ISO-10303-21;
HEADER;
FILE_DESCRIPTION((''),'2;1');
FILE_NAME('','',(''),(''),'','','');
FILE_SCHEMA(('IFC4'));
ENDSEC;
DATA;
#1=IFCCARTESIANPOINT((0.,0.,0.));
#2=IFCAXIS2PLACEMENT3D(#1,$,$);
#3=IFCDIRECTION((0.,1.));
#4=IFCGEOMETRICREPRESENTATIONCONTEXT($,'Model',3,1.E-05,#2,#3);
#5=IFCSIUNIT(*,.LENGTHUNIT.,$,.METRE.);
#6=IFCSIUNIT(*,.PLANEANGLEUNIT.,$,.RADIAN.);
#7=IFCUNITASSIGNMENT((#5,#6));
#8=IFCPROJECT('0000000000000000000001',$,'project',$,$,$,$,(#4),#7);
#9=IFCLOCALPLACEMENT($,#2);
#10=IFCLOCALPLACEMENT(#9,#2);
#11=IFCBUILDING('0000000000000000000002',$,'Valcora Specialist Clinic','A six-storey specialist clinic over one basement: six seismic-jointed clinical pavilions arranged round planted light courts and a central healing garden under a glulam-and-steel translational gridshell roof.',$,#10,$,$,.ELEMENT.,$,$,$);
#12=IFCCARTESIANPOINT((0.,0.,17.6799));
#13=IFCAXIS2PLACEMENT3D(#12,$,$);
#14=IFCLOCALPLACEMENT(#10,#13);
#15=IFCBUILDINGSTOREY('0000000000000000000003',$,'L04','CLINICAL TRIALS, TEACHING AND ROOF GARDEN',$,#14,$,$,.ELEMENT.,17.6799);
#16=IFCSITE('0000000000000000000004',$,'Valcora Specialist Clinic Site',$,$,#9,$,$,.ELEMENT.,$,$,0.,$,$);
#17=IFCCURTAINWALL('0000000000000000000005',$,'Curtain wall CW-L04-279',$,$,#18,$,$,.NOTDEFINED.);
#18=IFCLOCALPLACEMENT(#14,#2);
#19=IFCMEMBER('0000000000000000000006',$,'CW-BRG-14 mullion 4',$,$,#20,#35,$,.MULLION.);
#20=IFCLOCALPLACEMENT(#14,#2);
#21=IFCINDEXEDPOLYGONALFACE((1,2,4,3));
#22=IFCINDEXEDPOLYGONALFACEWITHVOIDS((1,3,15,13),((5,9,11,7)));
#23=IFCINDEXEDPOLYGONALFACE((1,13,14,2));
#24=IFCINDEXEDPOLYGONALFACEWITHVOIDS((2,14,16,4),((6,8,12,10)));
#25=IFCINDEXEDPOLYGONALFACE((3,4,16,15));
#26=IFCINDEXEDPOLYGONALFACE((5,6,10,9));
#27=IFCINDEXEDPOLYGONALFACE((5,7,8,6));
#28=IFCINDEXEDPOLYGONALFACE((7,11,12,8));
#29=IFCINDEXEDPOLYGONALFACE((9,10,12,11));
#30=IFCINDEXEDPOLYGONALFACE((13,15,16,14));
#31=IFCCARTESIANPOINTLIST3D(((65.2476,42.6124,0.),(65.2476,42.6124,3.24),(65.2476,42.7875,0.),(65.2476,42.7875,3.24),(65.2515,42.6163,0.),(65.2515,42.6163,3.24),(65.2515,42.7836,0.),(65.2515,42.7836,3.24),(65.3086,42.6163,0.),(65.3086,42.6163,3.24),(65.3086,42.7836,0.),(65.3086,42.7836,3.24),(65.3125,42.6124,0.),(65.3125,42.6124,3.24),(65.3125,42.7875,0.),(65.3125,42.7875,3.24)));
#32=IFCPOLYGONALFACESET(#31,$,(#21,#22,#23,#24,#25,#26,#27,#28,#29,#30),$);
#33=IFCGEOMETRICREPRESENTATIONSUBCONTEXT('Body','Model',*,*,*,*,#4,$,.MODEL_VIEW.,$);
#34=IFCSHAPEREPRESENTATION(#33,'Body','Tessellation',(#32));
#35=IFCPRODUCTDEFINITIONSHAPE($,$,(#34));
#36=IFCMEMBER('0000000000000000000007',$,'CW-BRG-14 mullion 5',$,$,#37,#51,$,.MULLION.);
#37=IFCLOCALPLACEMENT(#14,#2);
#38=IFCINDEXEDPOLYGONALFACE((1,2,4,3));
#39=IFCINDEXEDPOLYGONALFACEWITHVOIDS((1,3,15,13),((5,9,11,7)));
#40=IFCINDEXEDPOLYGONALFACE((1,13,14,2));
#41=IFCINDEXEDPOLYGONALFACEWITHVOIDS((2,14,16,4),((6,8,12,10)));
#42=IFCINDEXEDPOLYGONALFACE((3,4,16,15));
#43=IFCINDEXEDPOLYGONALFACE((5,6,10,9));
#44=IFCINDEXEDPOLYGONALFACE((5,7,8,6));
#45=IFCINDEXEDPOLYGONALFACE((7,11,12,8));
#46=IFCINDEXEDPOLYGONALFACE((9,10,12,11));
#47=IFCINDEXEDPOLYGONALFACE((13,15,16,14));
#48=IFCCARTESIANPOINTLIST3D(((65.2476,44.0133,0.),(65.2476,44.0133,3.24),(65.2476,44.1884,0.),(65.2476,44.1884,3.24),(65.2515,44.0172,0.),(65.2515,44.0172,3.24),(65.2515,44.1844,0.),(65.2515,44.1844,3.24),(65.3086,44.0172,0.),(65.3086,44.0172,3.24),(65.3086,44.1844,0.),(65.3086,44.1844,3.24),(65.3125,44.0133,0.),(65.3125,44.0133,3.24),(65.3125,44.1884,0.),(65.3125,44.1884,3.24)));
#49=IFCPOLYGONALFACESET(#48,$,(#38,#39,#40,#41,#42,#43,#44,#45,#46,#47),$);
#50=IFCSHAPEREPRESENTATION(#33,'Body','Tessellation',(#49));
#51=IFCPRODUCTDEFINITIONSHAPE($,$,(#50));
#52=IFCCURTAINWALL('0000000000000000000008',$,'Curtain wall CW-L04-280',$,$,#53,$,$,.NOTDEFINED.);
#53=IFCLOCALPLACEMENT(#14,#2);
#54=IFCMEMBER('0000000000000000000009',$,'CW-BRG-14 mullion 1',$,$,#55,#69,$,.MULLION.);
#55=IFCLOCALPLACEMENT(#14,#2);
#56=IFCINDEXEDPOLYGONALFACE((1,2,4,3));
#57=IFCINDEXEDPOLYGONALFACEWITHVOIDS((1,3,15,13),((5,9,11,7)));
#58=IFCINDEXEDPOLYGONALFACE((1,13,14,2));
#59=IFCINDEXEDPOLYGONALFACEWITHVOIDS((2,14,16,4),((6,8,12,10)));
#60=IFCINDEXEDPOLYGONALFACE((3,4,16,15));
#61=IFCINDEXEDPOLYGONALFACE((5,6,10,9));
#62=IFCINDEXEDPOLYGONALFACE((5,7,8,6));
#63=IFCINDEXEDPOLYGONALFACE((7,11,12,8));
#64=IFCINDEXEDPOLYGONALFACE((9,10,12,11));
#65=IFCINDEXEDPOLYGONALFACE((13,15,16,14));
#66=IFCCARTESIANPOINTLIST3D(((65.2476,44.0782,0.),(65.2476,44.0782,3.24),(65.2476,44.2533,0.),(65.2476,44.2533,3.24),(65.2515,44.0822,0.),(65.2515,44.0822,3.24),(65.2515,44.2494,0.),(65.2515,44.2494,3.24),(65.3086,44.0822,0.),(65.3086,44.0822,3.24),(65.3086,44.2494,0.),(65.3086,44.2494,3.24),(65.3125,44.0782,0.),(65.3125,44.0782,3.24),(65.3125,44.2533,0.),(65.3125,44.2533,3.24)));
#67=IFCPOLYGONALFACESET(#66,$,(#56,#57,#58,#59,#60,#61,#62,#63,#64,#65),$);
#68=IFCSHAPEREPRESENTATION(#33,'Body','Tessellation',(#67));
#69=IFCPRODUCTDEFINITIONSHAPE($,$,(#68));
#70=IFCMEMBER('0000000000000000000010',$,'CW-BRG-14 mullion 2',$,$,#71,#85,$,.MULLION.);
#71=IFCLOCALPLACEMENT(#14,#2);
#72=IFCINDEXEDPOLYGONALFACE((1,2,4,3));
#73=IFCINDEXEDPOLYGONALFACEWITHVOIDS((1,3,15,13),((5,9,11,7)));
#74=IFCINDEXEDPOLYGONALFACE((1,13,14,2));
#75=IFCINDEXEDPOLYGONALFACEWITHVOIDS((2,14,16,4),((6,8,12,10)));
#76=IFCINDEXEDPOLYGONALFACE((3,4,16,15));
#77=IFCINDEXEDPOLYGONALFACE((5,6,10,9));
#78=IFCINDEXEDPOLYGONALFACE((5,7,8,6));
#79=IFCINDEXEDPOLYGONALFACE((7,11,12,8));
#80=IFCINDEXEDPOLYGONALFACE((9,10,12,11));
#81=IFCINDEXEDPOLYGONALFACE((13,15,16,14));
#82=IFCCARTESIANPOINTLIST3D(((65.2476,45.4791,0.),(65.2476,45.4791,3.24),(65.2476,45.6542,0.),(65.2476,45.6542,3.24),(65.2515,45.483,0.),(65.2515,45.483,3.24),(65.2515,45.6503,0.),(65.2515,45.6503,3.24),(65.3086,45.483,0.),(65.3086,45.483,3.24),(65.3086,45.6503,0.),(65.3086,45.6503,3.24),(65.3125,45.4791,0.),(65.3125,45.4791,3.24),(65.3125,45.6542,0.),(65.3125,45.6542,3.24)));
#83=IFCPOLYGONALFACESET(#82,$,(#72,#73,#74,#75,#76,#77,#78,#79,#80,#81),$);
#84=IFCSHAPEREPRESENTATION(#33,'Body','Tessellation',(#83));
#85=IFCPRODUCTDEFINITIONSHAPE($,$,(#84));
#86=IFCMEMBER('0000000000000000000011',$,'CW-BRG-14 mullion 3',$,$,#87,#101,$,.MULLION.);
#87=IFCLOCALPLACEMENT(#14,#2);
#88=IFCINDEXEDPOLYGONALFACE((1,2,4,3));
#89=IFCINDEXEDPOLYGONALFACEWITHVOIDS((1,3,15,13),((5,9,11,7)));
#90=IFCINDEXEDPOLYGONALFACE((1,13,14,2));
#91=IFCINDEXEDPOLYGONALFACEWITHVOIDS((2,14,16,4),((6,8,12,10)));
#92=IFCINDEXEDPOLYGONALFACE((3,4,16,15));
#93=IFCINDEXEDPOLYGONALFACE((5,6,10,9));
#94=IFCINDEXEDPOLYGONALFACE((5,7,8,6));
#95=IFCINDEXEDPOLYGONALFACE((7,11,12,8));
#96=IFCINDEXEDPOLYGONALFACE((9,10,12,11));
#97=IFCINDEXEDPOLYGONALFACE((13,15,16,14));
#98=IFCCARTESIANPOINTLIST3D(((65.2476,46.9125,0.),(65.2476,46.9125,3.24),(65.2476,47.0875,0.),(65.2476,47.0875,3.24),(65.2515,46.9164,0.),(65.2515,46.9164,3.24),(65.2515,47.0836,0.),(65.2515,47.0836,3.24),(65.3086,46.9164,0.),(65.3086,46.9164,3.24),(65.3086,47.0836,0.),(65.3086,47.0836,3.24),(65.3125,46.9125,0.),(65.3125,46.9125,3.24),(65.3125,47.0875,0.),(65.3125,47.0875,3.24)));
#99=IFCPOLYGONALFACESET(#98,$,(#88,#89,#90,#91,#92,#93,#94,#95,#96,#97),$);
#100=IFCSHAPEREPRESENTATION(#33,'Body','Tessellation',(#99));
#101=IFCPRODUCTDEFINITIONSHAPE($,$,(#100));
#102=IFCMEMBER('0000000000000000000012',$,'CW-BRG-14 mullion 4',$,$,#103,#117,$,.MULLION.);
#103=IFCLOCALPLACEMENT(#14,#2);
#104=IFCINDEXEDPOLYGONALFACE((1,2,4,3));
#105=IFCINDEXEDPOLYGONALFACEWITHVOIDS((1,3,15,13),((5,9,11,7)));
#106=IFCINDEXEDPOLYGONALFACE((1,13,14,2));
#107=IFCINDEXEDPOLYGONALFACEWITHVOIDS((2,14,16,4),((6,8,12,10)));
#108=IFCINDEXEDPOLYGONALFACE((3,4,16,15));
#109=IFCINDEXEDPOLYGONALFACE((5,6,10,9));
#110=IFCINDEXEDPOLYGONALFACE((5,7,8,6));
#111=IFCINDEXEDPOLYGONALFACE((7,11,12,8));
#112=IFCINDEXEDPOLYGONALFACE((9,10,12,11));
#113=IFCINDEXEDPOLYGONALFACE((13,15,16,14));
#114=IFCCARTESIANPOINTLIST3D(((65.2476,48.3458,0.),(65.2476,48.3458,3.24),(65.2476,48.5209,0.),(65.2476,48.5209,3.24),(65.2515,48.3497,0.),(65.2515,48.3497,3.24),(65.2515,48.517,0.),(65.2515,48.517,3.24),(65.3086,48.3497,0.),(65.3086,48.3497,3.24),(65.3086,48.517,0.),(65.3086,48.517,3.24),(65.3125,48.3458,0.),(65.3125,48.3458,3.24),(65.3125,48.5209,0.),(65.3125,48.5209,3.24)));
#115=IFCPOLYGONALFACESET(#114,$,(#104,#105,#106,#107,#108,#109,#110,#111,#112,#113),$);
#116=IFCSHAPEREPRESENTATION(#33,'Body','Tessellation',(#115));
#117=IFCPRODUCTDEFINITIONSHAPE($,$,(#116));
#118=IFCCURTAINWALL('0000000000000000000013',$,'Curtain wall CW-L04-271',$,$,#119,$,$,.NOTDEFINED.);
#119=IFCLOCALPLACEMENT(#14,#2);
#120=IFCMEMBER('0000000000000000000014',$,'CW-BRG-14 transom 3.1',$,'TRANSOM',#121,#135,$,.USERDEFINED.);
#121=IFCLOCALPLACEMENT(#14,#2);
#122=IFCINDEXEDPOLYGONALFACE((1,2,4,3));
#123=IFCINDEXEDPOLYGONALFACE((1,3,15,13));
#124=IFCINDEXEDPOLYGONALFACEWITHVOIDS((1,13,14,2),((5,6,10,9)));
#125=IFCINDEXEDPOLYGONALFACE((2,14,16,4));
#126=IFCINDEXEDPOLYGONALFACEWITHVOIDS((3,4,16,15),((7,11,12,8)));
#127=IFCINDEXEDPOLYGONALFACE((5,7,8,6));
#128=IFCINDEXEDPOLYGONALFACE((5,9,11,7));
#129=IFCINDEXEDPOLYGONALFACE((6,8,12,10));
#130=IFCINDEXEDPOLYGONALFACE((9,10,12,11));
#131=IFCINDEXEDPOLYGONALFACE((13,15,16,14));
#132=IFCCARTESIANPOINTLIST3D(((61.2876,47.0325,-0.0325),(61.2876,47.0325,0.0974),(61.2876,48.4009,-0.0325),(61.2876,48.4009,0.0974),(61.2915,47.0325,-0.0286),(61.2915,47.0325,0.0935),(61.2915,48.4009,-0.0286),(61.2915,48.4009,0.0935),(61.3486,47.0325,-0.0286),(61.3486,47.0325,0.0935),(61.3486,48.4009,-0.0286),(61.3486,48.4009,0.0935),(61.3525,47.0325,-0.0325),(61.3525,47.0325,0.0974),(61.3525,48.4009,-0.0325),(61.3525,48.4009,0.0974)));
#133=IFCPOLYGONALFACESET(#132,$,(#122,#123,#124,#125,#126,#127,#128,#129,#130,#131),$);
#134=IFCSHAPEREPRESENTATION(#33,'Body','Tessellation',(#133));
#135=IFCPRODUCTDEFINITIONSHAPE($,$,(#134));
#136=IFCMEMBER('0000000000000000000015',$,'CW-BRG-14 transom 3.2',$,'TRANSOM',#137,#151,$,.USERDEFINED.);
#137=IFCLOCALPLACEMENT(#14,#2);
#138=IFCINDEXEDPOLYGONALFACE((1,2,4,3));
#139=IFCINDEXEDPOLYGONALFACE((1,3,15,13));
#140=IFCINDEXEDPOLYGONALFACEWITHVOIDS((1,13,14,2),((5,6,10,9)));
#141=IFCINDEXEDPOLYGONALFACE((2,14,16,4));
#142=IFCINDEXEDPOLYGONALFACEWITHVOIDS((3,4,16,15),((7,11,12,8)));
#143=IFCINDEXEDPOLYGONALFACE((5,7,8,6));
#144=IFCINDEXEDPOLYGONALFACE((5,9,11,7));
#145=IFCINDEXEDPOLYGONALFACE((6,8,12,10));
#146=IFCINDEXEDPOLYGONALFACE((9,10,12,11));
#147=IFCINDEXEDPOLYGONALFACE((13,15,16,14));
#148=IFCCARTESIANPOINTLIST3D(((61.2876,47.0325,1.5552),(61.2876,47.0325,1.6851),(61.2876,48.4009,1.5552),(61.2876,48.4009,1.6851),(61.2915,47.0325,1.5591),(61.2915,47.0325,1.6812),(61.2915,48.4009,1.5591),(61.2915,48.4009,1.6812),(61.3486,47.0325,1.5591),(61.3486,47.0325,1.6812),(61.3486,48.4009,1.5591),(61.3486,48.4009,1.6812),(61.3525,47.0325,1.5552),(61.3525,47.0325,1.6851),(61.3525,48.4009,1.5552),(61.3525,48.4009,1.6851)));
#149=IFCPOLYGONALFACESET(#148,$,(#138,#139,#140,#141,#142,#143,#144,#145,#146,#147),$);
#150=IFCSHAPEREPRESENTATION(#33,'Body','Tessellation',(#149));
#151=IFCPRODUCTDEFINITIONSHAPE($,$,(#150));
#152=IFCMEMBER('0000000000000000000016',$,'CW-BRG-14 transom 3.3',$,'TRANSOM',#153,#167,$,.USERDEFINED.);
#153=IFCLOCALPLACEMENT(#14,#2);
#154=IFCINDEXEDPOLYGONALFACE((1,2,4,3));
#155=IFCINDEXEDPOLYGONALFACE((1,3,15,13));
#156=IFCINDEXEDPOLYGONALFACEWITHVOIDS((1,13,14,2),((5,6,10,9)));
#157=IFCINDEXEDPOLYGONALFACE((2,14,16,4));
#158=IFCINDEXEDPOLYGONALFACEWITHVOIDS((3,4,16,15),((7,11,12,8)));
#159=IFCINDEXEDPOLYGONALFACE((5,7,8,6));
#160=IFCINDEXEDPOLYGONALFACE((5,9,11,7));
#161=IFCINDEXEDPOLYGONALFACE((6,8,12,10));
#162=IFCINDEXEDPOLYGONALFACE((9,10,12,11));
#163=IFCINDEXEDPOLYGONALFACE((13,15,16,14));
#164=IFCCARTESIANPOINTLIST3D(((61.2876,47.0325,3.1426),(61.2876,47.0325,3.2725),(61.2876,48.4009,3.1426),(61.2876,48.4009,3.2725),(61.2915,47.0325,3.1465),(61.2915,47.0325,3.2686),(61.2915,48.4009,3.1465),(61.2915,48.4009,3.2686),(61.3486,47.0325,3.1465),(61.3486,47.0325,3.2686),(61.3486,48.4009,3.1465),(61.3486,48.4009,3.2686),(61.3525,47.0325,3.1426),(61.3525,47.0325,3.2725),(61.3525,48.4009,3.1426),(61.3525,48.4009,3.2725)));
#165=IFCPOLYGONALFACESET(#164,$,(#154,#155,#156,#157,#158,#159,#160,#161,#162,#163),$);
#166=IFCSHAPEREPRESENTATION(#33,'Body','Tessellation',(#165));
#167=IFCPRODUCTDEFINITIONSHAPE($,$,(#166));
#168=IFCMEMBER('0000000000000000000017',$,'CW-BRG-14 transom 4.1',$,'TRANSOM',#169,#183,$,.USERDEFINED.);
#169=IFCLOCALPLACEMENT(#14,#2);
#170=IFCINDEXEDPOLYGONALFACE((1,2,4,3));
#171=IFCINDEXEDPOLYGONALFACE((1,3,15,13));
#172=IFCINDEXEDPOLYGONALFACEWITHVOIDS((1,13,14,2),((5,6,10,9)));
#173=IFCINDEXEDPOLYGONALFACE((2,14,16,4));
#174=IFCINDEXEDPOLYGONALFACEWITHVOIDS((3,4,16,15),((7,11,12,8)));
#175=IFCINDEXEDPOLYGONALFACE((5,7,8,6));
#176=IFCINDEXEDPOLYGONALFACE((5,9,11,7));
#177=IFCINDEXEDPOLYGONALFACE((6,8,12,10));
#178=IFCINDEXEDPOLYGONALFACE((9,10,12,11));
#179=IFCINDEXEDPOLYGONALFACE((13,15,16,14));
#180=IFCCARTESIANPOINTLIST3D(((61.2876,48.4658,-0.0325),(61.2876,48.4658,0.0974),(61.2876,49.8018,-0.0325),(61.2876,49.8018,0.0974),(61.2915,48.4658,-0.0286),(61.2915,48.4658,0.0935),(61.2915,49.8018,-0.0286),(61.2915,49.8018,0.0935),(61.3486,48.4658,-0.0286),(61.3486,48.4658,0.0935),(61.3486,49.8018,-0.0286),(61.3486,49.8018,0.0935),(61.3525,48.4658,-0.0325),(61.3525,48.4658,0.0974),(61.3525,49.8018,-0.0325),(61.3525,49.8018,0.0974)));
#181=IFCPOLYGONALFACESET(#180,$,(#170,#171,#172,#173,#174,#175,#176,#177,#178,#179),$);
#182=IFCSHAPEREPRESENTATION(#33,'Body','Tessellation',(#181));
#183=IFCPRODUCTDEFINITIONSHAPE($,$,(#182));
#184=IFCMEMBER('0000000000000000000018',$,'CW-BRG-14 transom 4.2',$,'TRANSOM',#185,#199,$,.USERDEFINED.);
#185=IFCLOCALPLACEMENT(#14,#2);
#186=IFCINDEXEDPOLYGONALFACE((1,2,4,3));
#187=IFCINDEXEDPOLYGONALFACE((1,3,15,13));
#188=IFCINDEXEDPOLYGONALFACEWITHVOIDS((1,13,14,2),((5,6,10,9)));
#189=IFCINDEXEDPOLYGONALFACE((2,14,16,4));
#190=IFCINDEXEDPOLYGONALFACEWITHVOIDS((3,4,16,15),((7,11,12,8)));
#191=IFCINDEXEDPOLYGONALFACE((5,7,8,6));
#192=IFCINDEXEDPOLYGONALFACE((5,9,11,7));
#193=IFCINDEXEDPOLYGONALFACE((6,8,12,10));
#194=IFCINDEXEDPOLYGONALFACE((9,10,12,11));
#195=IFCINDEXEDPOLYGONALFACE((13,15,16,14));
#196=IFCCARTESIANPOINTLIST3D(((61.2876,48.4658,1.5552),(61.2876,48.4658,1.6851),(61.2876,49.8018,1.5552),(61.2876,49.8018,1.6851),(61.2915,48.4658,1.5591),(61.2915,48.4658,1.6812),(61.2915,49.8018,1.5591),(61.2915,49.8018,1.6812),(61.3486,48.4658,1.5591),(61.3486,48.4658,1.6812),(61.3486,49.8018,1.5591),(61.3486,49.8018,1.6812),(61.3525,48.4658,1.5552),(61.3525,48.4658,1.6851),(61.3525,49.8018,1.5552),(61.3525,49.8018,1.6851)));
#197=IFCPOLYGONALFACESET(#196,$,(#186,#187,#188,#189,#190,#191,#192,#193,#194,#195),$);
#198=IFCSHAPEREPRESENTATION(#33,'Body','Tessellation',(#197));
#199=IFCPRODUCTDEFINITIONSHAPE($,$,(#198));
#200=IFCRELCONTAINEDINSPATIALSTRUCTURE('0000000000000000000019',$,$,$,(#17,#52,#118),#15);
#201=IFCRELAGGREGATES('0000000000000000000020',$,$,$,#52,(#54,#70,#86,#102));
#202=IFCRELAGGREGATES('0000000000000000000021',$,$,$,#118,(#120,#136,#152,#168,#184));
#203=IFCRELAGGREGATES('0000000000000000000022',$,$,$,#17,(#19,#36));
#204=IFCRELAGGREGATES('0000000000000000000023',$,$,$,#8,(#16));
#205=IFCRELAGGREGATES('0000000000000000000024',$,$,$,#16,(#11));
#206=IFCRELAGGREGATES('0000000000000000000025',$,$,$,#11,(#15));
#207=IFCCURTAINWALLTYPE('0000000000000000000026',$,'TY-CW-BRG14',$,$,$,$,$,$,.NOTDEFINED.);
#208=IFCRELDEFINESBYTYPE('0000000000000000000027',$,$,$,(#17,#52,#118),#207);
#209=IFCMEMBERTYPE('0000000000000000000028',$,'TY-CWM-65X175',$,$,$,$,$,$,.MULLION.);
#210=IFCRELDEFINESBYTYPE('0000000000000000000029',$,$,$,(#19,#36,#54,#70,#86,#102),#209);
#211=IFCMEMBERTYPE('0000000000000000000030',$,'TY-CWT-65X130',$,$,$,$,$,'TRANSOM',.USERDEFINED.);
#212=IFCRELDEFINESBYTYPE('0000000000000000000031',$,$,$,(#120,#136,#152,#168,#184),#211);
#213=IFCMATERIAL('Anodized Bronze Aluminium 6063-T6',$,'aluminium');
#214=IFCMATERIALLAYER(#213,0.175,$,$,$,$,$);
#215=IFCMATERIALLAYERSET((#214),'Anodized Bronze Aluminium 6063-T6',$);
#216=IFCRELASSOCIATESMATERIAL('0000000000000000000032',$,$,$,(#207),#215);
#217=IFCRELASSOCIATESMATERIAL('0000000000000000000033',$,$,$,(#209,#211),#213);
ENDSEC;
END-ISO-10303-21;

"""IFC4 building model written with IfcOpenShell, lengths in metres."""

from ifc_helpers import new_model, si_unit, direction, frame, origin, origin_2d, place, context, subcontext, project, spatial, hollow_rectangle, extrude, material, layer, layer_set, material_profile, profile_set, type_object, element, aggregate, save


model = new_model("IFC4")

# Units and contexts
model_context = context("Model", 3, precision=1e-05, world=origin(), true_north=direction((0.0, 1.0)))
body_context = subcontext(model_context, "Body", "Model", "MODEL_VIEW")
ifc_project = project(units=[si_unit("LENGTHUNIT", "METRE"), si_unit("PLANEANGLEUNIT", "RADIAN")], contexts=[model_context])

# Site, building, storey
site_placement = place(None, origin())
site = spatial("IfcSite", under=ifc_project, at=site_placement, Name="Valcora Specialist Clinic Site", CompositionType="ELEMENT", RefElevation=0.0)
building_placement = place(site_placement, origin())
building = spatial("IfcBuilding", under=site, at=building_placement, Name="Valcora Specialist Clinic", Description="A six-storey specialist clinic over one basement: six seismic-jointed clinical pavilions arranged round planted light courts and a central healing garden under a glulam-and-steel translational gridshell roof.", CompositionType="ELEMENT")
storey_placement = place(building_placement, frame((0.0, 0.0, 17.6799)))
storey = spatial("IfcBuildingStorey", under=building, at=storey_placement, Name="L04", Description="CLINICAL TRIALS, TEACHING AND ROOF GARDEN", CompositionType="ELEMENT", Elevation=17.6799)

# Curtain walls, members
ifc_material_1 = material(Name="Anodized Bronze Aluminium 6063-T6", Category="aluminium")
ifc_layer_1 = layer(ifc_material_1, 0.175)
ifc_layer_set_1 = layer_set([ifc_layer_1], Name="Anodized Bronze Aluminium 6063-T6")
curtain_wall_type = type_object("IfcCurtainWallType", Name="TY-CW-BRG14", PredefinedType="NOTDEFINED", material=ifc_layer_set_1)
curtain_wall_1_placement = place(storey_placement, origin())
curtain_wall_1 = element("IfcCurtainWall", 1, at=curtain_wall_1_placement, inside=storey, type_object=curtain_wall_type, Name="Curtain wall CW-L04-279", PredefinedType="NOTDEFINED")
ifc_material_profile_1 = material_profile(ifc_material_1, hollow_rectangle(XDim=0.0649, YDim=0.175, WallThickness=0.0039, at=origin_2d()), Name="AL-MUL-65X175")
ifc_profile_set_1 = profile_set([ifc_material_profile_1], Name="Anodized Bronze Aluminium 6063-T6")
member_type_1 = type_object("IfcMemberType", Name="TY-CWM-65X175", PredefinedType="MULLION", material=ifc_profile_set_1)
member_1_placement = place(storey_placement, frame((65.28, 42.7, 0.0), z_axis=(0.0, 0.0, 1.0), x_axis=(-1.0, 0.0, 0.0)))
member_1 = element("IfcMember", 2, at=member_1_placement, type_object=member_type_1, Name="CW-BRG-14 mullion 4", PredefinedType="MULLION", context=body_context, shape_type="SweptSolid", body=[
    extrude(hollow_rectangle(XDim=0.0649, YDim=0.175, WallThickness=0.0039, at=origin_2d()), origin(), (0.0, 0.0, 1.0), 3.24),
])
member_2_placement = place(storey_placement, frame((65.28, 44.1008, 0.0), z_axis=(0.0, 0.0, 1.0), x_axis=(-1.0, 0.0, 0.0)))
member_2 = element("IfcMember", 3, at=member_2_placement, type_object=member_type_1, Name="CW-BRG-14 mullion 5", PredefinedType="MULLION", context=body_context, shape_type="SweptSolid", body=[
    extrude(hollow_rectangle(XDim=0.0649, YDim=0.175, WallThickness=0.0039, at=origin_2d()), origin(), (0.0, 0.0, 1.0), 3.24),
])
curtain_wall_2_placement = place(storey_placement, origin())
curtain_wall_2 = element("IfcCurtainWall", 4, at=curtain_wall_2_placement, inside=storey, type_object=curtain_wall_type, Name="Curtain wall CW-L04-280", PredefinedType="NOTDEFINED")
member_3_placement = place(storey_placement, frame((65.28, 44.1658, 0.0), z_axis=(0.0, 0.0, 1.0), x_axis=(-1.0, 0.0, 0.0)))
member_3 = element("IfcMember", 5, at=member_3_placement, type_object=member_type_1, Name="CW-BRG-14 mullion 1", PredefinedType="MULLION", context=body_context, shape_type="SweptSolid", body=[
    extrude(hollow_rectangle(XDim=0.0649, YDim=0.175, WallThickness=0.0039, at=origin_2d()), origin(), (0.0, 0.0, 1.0), 3.24),
])
member_4_placement = place(storey_placement, frame((65.28, 45.5667, 0.0), z_axis=(0.0, 0.0, 1.0), x_axis=(-1.0, 0.0, 0.0)))
member_4 = element("IfcMember", 6, at=member_4_placement, type_object=member_type_1, Name="CW-BRG-14 mullion 2", PredefinedType="MULLION", context=body_context, shape_type="SweptSolid", body=[
    extrude(hollow_rectangle(XDim=0.0649, YDim=0.175, WallThickness=0.0039, at=origin_2d()), origin(), (0.0, 0.0, 1.0), 3.24),
])
member_5_placement = place(storey_placement, frame((65.28, 47.0, 0.0), z_axis=(0.0, 0.0, 1.0), x_axis=(-1.0, 0.0, 0.0)))
member_5 = element("IfcMember", 7, at=member_5_placement, type_object=member_type_1, Name="CW-BRG-14 mullion 3", PredefinedType="MULLION", context=body_context, shape_type="SweptSolid", body=[
    extrude(hollow_rectangle(XDim=0.0649, YDim=0.175, WallThickness=0.0039, at=origin_2d()), origin(), (0.0, 0.0, 1.0), 3.24),
])
member_6_placement = place(storey_placement, frame((65.28, 48.4333, 0.0), z_axis=(0.0, 0.0, 1.0), x_axis=(-1.0, 0.0, 0.0)))
member_6 = element("IfcMember", 8, at=member_6_placement, type_object=member_type_1, Name="CW-BRG-14 mullion 4", PredefinedType="MULLION", context=body_context, shape_type="SweptSolid", body=[
    extrude(hollow_rectangle(XDim=0.0649, YDim=0.175, WallThickness=0.0039, at=origin_2d()), origin(), (0.0, 0.0, 1.0), 3.24),
])
curtain_wall_3_placement = place(storey_placement, origin())
curtain_wall_3 = element("IfcCurtainWall", 9, at=curtain_wall_3_placement, inside=storey, type_object=curtain_wall_type, Name="Curtain wall CW-L04-271", PredefinedType="NOTDEFINED")
ifc_material_profile_2 = material_profile(ifc_material_1, hollow_rectangle(XDim=0.0649, YDim=0.1299, WallThickness=0.0039, at=origin_2d()), Name="AL-TRN-65X130")
ifc_profile_set_2 = profile_set([ifc_material_profile_2], Name="Anodized Bronze Aluminium 6063-T6")
member_type_2 = type_object("IfcMemberType", Name="TY-CWT-65X130", ElementType="TRANSOM", PredefinedType="USERDEFINED", material=ifc_profile_set_2)
member_7_placement = place(storey_placement, frame((61.3201, 47.0325, 0.0325), z_axis=(0.0, 1.0, 0.0), x_axis=(-1.0, 0.0, 0.0)))
member_7 = element("IfcMember", 10, at=member_7_placement, type_object=member_type_2, Name="CW-BRG-14 transom 3.1", ObjectType="TRANSOM", PredefinedType="USERDEFINED", context=body_context, shape_type="SweptSolid", body=[
    extrude(hollow_rectangle(XDim=0.0649, YDim=0.1299, WallThickness=0.0039, at=origin_2d()), origin(), (0.0, 0.0, 1.0), 1.3684),
])
member_8_placement = place(storey_placement, frame((61.3201, 47.0325, 1.6201), z_axis=(0.0, 1.0, 0.0), x_axis=(-1.0, 0.0, 0.0)))
member_8 = element("IfcMember", 11, at=member_8_placement, type_object=member_type_2, Name="CW-BRG-14 transom 3.2", ObjectType="TRANSOM", PredefinedType="USERDEFINED", context=body_context, shape_type="SweptSolid", body=[
    extrude(hollow_rectangle(XDim=0.0649, YDim=0.1299, WallThickness=0.0039, at=origin_2d()), origin(), (0.0, 0.0, 1.0), 1.3684),
])
member_9_placement = place(storey_placement, frame((61.3201, 47.0325, 3.2075), z_axis=(0.0, 1.0, 0.0), x_axis=(-1.0, 0.0, 0.0)))
member_9 = element("IfcMember", 12, at=member_9_placement, type_object=member_type_2, Name="CW-BRG-14 transom 3.3", ObjectType="TRANSOM", PredefinedType="USERDEFINED", context=body_context, shape_type="SweptSolid", body=[
    extrude(hollow_rectangle(XDim=0.0649, YDim=0.1299, WallThickness=0.0039, at=origin_2d()), origin(), (0.0, 0.0, 1.0), 1.3684),
])
member_10_placement = place(storey_placement, frame((61.3201, 48.4658, 0.0325), z_axis=(0.0, 1.0, 0.0), x_axis=(-1.0, 0.0, 0.0)))
member_10 = element("IfcMember", 13, at=member_10_placement, type_object=member_type_2, Name="CW-BRG-14 transom 4.1", ObjectType="TRANSOM", PredefinedType="USERDEFINED", context=body_context, shape_type="SweptSolid", body=[
    extrude(hollow_rectangle(XDim=0.0649, YDim=0.1299, WallThickness=0.0039, at=origin_2d()), origin(), (0.0, 0.0, 1.0), 1.3359),
])
member_11_placement = place(storey_placement, frame((61.3201, 48.4658, 1.6201), z_axis=(0.0, 1.0, 0.0), x_axis=(-1.0, 0.0, 0.0)))
member_11 = element("IfcMember", 14, at=member_11_placement, type_object=member_type_2, Name="CW-BRG-14 transom 4.2", ObjectType="TRANSOM", PredefinedType="USERDEFINED", context=body_context, shape_type="SweptSolid", body=[
    extrude(hollow_rectangle(XDim=0.0649, YDim=0.1299, WallThickness=0.0039, at=origin_2d()), origin(), (0.0, 0.0, 1.0), 1.3359),
])

aggregate(curtain_wall_2, [member_3, member_4, member_5, member_6])
aggregate(curtain_wall_3, [member_7, member_8, member_9, member_10, member_11])
aggregate(curtain_wall_1, [member_1, member_2])

save(model, "model.ifc")
